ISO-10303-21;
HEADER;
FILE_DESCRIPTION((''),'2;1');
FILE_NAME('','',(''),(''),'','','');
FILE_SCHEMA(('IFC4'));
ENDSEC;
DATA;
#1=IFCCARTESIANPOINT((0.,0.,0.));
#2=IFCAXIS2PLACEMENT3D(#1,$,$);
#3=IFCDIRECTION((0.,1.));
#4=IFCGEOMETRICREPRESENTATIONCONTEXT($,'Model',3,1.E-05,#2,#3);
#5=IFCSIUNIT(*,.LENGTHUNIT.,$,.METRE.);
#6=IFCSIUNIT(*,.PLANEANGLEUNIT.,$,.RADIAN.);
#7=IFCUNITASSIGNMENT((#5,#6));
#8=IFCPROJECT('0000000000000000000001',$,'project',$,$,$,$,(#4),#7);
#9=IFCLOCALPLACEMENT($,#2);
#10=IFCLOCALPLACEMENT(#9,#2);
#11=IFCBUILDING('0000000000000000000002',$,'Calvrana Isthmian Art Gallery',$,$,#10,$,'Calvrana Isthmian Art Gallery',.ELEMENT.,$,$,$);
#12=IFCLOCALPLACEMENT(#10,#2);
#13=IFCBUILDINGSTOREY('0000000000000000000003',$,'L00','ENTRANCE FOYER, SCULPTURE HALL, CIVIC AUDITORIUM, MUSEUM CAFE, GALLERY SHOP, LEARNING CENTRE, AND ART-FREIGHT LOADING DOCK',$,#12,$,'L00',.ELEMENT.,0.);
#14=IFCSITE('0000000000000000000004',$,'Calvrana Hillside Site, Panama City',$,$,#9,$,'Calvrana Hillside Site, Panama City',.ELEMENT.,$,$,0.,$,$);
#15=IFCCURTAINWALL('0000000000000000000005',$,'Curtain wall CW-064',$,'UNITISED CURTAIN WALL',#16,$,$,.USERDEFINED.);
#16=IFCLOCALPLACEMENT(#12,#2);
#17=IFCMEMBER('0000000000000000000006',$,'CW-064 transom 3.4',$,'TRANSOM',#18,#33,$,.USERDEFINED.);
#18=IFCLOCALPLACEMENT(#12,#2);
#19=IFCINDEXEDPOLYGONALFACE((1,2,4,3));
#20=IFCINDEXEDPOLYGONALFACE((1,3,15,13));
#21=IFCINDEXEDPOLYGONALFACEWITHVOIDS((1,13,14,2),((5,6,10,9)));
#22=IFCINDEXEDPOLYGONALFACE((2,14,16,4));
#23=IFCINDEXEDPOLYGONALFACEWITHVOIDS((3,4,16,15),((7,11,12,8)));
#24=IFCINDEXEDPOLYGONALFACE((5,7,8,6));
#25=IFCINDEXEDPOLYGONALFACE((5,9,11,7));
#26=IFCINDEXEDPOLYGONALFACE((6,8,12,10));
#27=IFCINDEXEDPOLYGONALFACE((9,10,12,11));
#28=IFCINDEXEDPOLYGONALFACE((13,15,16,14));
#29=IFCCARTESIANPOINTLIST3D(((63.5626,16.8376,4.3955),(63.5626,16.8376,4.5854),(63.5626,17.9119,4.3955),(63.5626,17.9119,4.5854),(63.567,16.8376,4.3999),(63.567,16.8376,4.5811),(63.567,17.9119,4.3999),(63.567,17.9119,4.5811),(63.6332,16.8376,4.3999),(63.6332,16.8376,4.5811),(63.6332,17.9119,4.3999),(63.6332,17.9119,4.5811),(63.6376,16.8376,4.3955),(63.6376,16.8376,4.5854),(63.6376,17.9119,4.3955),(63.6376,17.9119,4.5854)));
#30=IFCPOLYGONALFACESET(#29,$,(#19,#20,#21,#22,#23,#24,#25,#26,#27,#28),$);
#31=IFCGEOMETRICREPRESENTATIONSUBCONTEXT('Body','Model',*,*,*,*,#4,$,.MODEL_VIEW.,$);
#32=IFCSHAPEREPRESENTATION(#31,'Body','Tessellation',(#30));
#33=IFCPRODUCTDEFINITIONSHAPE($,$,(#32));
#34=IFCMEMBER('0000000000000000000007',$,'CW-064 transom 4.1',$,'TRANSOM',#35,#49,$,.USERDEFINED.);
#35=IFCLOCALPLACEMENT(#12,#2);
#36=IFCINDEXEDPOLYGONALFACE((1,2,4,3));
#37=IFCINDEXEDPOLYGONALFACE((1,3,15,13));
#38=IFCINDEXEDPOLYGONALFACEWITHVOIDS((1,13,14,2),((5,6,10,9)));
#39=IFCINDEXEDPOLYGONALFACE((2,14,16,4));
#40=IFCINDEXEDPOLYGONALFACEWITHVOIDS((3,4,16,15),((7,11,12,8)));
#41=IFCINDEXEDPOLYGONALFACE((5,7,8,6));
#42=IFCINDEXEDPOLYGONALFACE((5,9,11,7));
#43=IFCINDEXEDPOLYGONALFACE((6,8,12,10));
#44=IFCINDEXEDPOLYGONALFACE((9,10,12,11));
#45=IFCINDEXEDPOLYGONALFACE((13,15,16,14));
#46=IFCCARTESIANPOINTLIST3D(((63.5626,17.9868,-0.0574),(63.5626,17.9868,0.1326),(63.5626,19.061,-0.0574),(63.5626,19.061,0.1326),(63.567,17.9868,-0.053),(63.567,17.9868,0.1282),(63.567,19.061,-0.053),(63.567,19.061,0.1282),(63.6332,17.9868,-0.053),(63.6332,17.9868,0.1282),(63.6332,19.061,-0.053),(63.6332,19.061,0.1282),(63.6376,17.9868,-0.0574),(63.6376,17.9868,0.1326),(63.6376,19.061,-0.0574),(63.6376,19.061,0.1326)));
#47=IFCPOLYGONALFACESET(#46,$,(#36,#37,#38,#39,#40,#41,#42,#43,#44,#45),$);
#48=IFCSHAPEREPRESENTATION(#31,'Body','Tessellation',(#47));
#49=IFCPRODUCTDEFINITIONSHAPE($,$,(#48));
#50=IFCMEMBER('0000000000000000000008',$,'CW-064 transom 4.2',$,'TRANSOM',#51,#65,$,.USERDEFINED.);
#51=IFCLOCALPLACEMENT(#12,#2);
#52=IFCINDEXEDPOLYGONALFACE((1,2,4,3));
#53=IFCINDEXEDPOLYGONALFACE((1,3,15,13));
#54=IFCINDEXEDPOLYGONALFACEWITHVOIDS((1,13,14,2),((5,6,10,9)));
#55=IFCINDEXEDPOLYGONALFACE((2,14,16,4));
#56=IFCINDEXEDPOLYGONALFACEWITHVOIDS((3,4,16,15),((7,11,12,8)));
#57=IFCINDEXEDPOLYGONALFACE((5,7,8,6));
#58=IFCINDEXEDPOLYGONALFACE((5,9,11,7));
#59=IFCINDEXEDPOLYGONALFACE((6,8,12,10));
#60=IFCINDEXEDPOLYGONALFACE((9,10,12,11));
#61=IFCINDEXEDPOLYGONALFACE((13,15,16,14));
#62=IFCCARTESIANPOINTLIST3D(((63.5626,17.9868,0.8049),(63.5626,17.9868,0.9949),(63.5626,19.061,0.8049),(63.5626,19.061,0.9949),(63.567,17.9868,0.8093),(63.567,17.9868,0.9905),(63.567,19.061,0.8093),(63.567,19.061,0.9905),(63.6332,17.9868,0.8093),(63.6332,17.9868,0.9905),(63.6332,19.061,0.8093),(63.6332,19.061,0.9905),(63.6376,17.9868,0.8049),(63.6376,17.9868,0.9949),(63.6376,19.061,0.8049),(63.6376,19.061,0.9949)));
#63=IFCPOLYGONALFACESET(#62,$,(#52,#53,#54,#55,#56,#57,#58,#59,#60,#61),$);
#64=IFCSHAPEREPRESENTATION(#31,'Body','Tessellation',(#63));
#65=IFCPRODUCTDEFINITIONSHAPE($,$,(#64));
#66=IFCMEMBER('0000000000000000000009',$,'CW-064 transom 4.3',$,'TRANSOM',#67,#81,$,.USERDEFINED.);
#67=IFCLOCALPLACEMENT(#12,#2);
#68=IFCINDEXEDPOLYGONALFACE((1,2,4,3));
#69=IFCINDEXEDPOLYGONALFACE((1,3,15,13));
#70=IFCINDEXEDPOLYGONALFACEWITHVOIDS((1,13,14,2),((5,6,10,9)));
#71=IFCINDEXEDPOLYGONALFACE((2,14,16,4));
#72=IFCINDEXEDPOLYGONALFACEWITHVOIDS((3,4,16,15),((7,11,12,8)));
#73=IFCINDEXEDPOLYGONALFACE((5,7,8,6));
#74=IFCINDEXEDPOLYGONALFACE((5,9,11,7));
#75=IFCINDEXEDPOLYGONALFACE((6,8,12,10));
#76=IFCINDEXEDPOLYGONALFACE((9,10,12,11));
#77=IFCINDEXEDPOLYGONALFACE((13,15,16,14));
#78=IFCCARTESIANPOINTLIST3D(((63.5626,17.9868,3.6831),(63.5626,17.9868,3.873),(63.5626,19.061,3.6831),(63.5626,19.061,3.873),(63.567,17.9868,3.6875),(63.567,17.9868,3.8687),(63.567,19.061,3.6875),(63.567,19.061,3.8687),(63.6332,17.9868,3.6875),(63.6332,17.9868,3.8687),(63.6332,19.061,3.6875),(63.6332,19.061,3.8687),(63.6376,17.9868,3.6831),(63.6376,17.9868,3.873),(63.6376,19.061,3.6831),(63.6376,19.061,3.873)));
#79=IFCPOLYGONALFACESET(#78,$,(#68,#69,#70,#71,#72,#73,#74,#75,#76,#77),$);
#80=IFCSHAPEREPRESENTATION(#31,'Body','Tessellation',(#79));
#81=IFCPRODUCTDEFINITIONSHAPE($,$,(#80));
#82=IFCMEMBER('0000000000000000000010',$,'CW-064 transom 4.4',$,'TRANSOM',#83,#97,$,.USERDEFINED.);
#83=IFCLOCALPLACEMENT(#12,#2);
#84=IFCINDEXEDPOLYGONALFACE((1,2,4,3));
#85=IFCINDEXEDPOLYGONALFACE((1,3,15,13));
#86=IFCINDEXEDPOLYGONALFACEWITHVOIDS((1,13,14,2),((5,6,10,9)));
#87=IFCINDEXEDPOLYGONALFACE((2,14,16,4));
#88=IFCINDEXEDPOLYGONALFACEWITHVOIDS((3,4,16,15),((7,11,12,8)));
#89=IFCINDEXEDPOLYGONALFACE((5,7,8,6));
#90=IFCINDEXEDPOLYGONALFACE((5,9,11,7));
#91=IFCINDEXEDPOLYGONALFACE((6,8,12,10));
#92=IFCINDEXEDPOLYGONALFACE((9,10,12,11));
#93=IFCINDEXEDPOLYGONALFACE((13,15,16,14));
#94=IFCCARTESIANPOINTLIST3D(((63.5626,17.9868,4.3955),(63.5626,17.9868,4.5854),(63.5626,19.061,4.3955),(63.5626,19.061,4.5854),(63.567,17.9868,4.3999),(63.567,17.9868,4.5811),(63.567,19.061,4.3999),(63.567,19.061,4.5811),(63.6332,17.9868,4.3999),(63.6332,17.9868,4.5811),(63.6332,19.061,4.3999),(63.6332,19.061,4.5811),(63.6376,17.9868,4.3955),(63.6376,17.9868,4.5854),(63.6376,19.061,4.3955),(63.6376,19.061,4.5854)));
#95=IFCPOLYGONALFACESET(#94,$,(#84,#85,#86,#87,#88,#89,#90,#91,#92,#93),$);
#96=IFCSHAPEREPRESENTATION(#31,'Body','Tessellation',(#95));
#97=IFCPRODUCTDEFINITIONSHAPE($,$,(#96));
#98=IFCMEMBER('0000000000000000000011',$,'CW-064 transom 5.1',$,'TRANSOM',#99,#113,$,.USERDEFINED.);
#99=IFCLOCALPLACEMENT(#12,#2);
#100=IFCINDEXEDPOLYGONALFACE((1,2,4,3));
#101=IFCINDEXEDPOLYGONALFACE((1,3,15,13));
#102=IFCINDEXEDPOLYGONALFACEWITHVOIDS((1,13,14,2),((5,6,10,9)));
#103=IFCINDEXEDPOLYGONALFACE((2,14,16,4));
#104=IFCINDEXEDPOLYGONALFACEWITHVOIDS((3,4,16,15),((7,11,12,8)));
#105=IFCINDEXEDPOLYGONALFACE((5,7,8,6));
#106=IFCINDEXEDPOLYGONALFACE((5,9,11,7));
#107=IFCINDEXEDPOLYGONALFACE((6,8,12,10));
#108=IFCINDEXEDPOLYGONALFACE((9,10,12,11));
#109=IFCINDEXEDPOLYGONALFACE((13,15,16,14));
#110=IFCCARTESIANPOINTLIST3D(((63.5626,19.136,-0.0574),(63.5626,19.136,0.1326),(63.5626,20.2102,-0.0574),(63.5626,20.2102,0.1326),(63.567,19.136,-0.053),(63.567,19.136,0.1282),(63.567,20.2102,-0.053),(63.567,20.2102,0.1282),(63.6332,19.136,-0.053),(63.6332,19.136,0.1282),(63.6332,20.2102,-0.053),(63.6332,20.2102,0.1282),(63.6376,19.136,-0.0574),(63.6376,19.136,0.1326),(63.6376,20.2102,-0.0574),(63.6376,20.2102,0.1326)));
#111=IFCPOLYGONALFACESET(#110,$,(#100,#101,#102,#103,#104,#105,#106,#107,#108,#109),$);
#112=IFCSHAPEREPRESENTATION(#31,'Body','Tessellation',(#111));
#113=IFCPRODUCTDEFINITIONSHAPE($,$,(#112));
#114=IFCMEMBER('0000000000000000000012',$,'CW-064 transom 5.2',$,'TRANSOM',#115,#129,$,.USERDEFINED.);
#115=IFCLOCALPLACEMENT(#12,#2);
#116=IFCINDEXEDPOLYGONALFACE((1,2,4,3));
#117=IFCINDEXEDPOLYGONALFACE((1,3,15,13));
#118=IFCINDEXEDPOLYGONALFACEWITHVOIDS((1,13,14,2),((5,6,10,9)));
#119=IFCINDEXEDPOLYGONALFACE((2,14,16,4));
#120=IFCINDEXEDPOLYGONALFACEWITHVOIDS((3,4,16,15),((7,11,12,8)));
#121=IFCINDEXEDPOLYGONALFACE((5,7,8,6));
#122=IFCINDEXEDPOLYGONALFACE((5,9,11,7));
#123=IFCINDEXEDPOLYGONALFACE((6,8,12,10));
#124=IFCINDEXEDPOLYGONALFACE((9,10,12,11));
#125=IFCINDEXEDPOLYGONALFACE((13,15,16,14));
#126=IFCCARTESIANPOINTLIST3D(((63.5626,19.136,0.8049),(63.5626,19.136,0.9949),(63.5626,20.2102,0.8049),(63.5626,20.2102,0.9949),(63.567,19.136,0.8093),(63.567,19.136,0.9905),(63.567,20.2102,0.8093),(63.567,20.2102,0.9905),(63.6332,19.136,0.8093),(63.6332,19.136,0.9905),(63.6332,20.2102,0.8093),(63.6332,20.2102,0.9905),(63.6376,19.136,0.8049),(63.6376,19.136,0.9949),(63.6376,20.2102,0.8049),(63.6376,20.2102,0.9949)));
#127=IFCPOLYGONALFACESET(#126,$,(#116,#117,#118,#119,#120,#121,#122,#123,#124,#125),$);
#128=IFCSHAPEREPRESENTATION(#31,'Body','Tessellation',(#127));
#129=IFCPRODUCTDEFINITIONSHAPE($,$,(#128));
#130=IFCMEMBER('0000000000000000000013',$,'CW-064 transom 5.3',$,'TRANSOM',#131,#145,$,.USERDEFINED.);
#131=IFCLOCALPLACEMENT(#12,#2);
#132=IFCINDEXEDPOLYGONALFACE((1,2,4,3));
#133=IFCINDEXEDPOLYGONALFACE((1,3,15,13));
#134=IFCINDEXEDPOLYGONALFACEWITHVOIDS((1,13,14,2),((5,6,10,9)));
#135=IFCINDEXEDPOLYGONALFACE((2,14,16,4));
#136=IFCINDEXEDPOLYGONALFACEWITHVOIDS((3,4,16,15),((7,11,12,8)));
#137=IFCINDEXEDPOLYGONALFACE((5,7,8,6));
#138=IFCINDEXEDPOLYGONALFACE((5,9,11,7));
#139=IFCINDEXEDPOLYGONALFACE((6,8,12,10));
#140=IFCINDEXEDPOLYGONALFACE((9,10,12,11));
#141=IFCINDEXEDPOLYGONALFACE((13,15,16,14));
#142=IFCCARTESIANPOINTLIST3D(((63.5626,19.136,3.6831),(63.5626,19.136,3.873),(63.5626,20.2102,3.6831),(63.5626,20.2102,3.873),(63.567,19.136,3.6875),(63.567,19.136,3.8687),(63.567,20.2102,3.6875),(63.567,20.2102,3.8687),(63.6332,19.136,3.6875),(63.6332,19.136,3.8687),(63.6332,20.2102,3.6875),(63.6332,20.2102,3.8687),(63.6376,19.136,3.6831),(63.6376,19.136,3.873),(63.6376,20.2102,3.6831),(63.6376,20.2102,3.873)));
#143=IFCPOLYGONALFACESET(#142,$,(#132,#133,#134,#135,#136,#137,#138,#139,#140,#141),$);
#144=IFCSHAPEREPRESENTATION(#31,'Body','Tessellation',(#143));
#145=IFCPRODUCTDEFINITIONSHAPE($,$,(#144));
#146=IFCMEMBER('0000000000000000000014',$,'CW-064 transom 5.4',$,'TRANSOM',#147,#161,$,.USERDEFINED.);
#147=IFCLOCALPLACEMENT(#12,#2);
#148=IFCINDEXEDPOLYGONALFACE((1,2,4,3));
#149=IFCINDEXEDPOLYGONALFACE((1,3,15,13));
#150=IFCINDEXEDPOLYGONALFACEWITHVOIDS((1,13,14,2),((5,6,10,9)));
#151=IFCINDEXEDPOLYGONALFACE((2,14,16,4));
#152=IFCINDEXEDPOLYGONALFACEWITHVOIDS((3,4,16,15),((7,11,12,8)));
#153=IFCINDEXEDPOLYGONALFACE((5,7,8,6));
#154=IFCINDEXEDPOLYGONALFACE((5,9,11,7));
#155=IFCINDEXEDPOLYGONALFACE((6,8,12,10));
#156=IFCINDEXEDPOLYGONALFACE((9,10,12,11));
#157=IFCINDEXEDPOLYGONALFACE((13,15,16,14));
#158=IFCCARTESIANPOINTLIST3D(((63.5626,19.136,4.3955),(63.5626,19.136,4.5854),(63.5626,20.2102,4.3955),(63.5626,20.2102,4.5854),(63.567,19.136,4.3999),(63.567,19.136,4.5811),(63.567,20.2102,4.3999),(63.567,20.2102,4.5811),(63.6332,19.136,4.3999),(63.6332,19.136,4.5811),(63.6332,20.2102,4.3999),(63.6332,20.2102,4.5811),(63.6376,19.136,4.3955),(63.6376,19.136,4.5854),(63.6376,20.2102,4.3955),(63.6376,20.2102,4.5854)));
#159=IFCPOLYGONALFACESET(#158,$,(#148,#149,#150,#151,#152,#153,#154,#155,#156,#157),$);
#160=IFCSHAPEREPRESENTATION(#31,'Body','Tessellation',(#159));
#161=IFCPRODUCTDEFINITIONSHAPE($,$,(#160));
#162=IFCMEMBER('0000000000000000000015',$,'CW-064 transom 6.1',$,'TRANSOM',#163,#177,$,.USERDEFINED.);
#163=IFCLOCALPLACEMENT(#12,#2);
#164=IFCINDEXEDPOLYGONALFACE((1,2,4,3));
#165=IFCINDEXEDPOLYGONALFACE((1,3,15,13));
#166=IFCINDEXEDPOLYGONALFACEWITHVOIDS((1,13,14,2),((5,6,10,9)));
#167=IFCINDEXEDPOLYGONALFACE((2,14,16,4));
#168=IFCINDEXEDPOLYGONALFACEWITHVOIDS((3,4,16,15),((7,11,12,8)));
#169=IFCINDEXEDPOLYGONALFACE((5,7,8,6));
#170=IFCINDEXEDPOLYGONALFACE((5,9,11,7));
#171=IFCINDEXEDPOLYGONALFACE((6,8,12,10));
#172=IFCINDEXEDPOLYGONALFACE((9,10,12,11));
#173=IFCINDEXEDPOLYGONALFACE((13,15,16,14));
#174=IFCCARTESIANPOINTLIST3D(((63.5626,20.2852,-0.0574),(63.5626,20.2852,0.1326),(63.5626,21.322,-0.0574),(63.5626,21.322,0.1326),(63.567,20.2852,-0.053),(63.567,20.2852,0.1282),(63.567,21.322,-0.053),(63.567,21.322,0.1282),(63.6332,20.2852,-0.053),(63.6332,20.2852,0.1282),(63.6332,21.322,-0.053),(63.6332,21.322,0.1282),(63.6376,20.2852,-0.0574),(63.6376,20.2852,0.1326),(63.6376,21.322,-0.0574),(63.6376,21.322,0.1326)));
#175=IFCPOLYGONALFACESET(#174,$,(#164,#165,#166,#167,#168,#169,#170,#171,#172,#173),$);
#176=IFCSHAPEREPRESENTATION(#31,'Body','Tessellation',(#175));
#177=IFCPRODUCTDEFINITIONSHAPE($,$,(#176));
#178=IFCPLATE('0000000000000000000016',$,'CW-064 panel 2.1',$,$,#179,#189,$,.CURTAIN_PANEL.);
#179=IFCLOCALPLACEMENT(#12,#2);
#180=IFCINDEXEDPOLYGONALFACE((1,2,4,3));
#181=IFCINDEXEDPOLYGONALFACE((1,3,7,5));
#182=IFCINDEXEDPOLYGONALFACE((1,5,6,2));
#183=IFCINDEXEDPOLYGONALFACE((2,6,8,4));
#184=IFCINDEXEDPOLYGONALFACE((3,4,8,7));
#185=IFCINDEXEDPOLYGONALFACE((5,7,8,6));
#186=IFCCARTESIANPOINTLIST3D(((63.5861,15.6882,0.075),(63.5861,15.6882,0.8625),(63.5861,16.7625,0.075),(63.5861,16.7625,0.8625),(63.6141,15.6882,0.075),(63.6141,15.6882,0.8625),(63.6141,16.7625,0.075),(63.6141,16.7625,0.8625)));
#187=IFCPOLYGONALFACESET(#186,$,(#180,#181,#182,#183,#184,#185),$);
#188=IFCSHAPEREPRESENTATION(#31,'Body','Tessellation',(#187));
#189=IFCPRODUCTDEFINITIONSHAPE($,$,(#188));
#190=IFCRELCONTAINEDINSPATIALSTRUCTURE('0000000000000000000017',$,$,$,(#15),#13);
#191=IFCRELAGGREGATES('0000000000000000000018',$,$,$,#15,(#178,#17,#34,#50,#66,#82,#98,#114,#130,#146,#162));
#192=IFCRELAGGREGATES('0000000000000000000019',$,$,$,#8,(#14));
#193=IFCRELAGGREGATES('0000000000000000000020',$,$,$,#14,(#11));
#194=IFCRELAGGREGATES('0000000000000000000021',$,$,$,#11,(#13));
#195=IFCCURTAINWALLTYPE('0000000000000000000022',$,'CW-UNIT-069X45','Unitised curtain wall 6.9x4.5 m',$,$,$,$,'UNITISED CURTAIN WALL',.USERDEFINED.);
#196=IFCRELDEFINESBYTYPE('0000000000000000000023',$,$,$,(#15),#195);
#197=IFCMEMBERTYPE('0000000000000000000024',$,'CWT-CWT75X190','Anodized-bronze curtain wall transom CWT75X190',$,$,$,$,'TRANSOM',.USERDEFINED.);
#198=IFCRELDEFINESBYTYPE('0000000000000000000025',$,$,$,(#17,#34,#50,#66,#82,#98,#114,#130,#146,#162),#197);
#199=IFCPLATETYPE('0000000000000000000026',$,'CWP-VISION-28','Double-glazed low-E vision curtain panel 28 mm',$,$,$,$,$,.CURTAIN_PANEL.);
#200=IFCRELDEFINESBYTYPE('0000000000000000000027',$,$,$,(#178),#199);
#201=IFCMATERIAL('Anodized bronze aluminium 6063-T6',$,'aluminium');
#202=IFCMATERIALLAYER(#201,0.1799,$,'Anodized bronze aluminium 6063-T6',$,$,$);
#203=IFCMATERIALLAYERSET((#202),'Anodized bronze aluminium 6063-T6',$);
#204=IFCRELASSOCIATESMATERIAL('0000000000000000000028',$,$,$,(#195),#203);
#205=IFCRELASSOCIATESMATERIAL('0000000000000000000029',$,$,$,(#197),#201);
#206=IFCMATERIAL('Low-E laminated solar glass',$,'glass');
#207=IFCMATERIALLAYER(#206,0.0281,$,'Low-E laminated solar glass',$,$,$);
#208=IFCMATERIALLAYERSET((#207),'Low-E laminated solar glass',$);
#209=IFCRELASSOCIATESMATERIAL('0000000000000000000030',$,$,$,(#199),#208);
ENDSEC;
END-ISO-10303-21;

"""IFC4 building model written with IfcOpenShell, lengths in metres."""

from ifc_helpers import new_model, si_unit, direction, frame, origin, origin_2d, place, context, subcontext, project, spatial, rectangle, hollow_rectangle, extrude, material, layer, layer_set, material_profile, profile_set, type_object, element, aggregate, save


model = new_model("IFC4")

# Units and contexts
model_context = context("Model", 3, precision=1e-05, world=origin(), true_north=direction((0.0, 1.0)))
body_context = subcontext(model_context, "Body", "Model", "MODEL_VIEW")
ifc_project = project(units=[si_unit("LENGTHUNIT", "METRE"), si_unit("PLANEANGLEUNIT", "RADIAN")], contexts=[model_context])

# Site, building, storey
site_placement = place(None, origin())
site = spatial("IfcSite", under=ifc_project, at=site_placement, Name="Calvrana Hillside Site, Panama City", LongName="Calvrana Hillside Site, Panama City", CompositionType="ELEMENT", RefElevation=0.0)
building_placement = place(site_placement, origin())
building = spatial("IfcBuilding", under=site, at=building_placement, Name="Calvrana Isthmian Art Gallery", LongName="Calvrana Isthmian Art Gallery", CompositionType="ELEMENT")
storey_placement = place(building_placement, origin())
storey = spatial("IfcBuildingStorey", under=building, at=storey_placement, Name="L00", Description="ENTRANCE FOYER, SCULPTURE HALL, CIVIC AUDITORIUM, MUSEUM CAFE, GALLERY SHOP, LEARNING CENTRE, AND ART-FREIGHT LOADING DOCK", LongName="L00", CompositionType="ELEMENT", Elevation=0.0)

# Curtain wall, members, plate
ifc_material_1 = material(Name="Anodized bronze aluminium 6063-T6", Category="aluminium")
ifc_layer_1 = layer(ifc_material_1, 0.1799, Name="Anodized bronze aluminium 6063-T6")
ifc_layer_set_1 = layer_set([ifc_layer_1], Name="Anodized bronze aluminium 6063-T6")
curtain_wall_type = type_object("IfcCurtainWallType", Name="CW-UNIT-069X45", Description="Unitised curtain wall 6.9x4.5 m", ElementType="UNITISED CURTAIN WALL", PredefinedType="USERDEFINED", material=ifc_layer_set_1)
curtain_wall_placement = place(storey_placement, origin())
curtain_wall = element("IfcCurtainWall", 1, at=curtain_wall_placement, inside=storey, type_object=curtain_wall_type, Name="Curtain wall CW-064", ObjectType="UNITISED CURTAIN WALL", PredefinedType="USERDEFINED")
ifc_material_profile_1 = material_profile(ifc_material_1, hollow_rectangle(XDim=0.075, YDim=0.1899, WallThickness=0.0044, at=origin_2d()), Name="CWT75X190")
ifc_profile_set_1 = profile_set([ifc_material_profile_1], Name="Anodized bronze aluminium 6063-T6")
member_type_1 = type_object("IfcMemberType", Name="CWT-CWT75X190", Description="Anodized-bronze curtain wall transom CWT75X190", ElementType="TRANSOM", PredefinedType="USERDEFINED", material=ifc_profile_set_1)
member_1_placement = place(storey_placement, frame((63.6001, 16.8376, 4.4905), z_axis=(0.0, 1.0, 0.0), x_axis=(-1.0, 0.0, 0.0)))
member_1 = element("IfcMember", 2, at=member_1_placement, type_object=member_type_1, Name="CW-064 transom 3.4", ObjectType="TRANSOM", PredefinedType="USERDEFINED", context=body_context, shape_type="SweptSolid", body=[
    extrude(hollow_rectangle(XDim=0.075, YDim=0.1899, WallThickness=0.0044, at=origin_2d()), origin(), (0.0, 0.0, 1.0), 1.0742),
])
member_2_placement = place(storey_placement, frame((63.6001, 17.9868, 0.0376), z_axis=(0.0, 1.0, 0.0), x_axis=(-1.0, 0.0, 0.0)))
member_2 = element("IfcMember", 3, at=member_2_placement, type_object=member_type_1, Name="CW-064 transom 4.1", ObjectType="TRANSOM", PredefinedType="USERDEFINED", context=body_context, shape_type="SweptSolid", body=[
    extrude(hollow_rectangle(XDim=0.075, YDim=0.1899, WallThickness=0.0044, at=origin_2d()), origin(), (0.0, 0.0, 1.0), 1.0742),
])
member_3_placement = place(storey_placement, frame((63.6001, 17.9868, 0.8999), z_axis=(0.0, 1.0, 0.0), x_axis=(-1.0, 0.0, 0.0)))
member_3 = element("IfcMember", 4, at=member_3_placement, type_object=member_type_1, Name="CW-064 transom 4.2", ObjectType="TRANSOM", PredefinedType="USERDEFINED", context=body_context, shape_type="SweptSolid", body=[
    extrude(hollow_rectangle(XDim=0.075, YDim=0.1899, WallThickness=0.0044, at=origin_2d()), origin(), (0.0, 0.0, 1.0), 1.0742),
])
member_4_placement = place(storey_placement, frame((63.6001, 17.9868, 3.7781), z_axis=(0.0, 1.0, 0.0), x_axis=(-1.0, 0.0, 0.0)))
member_4 = element("IfcMember", 5, at=member_4_placement, type_object=member_type_1, Name="CW-064 transom 4.3", ObjectType="TRANSOM", PredefinedType="USERDEFINED", context=body_context, shape_type="SweptSolid", body=[
    extrude(hollow_rectangle(XDim=0.075, YDim=0.1899, WallThickness=0.0044, at=origin_2d()), origin(), (0.0, 0.0, 1.0), 1.0742),
])
member_5_placement = place(storey_placement, frame((63.6001, 17.9868, 4.4905), z_axis=(0.0, 1.0, 0.0), x_axis=(-1.0, 0.0, 0.0)))
member_5 = element("IfcMember", 6, at=member_5_placement, type_object=member_type_1, Name="CW-064 transom 4.4", ObjectType="TRANSOM", PredefinedType="USERDEFINED", context=body_context, shape_type="SweptSolid", body=[
    extrude(hollow_rectangle(XDim=0.075, YDim=0.1899, WallThickness=0.0044, at=origin_2d()), origin(), (0.0, 0.0, 1.0), 1.0742),
])
member_6_placement = place(storey_placement, frame((63.6001, 19.136, 0.0376), z_axis=(0.0, 1.0, 0.0), x_axis=(-1.0, 0.0, 0.0)))
member_6 = element("IfcMember", 7, at=member_6_placement, type_object=member_type_1, Name="CW-064 transom 5.1", ObjectType="TRANSOM", PredefinedType="USERDEFINED", context=body_context, shape_type="SweptSolid", body=[
    extrude(hollow_rectangle(XDim=0.075, YDim=0.1899, WallThickness=0.0044, at=origin_2d()), origin(), (0.0, 0.0, 1.0), 1.0742),
])
member_7_placement = place(storey_placement, frame((63.6001, 19.136, 0.8999), z_axis=(0.0, 1.0, 0.0), x_axis=(-1.0, 0.0, 0.0)))
member_7 = element("IfcMember", 8, at=member_7_placement, type_object=member_type_1, Name="CW-064 transom 5.2", ObjectType="TRANSOM", PredefinedType="USERDEFINED", context=body_context, shape_type="SweptSolid", body=[
    extrude(hollow_rectangle(XDim=0.075, YDim=0.1899, WallThickness=0.0044, at=origin_2d()), origin(), (0.0, 0.0, 1.0), 1.0742),
])
member_8_placement = place(storey_placement, frame((63.6001, 19.136, 3.7781), z_axis=(0.0, 1.0, 0.0), x_axis=(-1.0, 0.0, 0.0)))
member_8 = element("IfcMember", 9, at=member_8_placement, type_object=member_type_1, Name="CW-064 transom 5.3", ObjectType="TRANSOM", PredefinedType="USERDEFINED", context=body_context, shape_type="SweptSolid", body=[
    extrude(hollow_rectangle(XDim=0.075, YDim=0.1899, WallThickness=0.0044, at=origin_2d()), origin(), (0.0, 0.0, 1.0), 1.0742),
])
member_9_placement = place(storey_placement, frame((63.6001, 19.136, 4.4905), z_axis=(0.0, 1.0, 0.0), x_axis=(-1.0, 0.0, 0.0)))
member_9 = element("IfcMember", 10, at=member_9_placement, type_object=member_type_1, Name="CW-064 transom 5.4", ObjectType="TRANSOM", PredefinedType="USERDEFINED", context=body_context, shape_type="SweptSolid", body=[
    extrude(hollow_rectangle(XDim=0.075, YDim=0.1899, WallThickness=0.0044, at=origin_2d()), origin(), (0.0, 0.0, 1.0), 1.0742),
])
member_10_placement = place(storey_placement, frame((63.6001, 20.2852, 0.0376), z_axis=(0.0, 1.0, 0.0), x_axis=(-1.0, 0.0, 0.0)))
member_10 = element("IfcMember", 11, at=member_10_placement, type_object=member_type_1, Name="CW-064 transom 6.1", ObjectType="TRANSOM", PredefinedType="USERDEFINED", context=body_context, shape_type="SweptSolid", body=[
    extrude(hollow_rectangle(XDim=0.075, YDim=0.1899, WallThickness=0.0044, at=origin_2d()), origin(), (0.0, 0.0, 1.0), 1.0369),
])
ifc_material_2 = material(Name="Low-E laminated solar glass", Category="glass")
ifc_layer_2 = layer(ifc_material_2, 0.0281, Name="Low-E laminated solar glass")
ifc_layer_set_2 = layer_set([ifc_layer_2], Name="Low-E laminated solar glass")
plate_type = type_object("IfcPlateType", Name="CWP-VISION-28", Description="Double-glazed low-E vision curtain panel 28 mm", PredefinedType="CURTAIN_PANEL", material=ifc_layer_set_2)
plate_1_placement = place(storey_placement, frame((63.6001, 16.2253, 0.075), z_axis=(0.0, 0.0, 1.0), x_axis=(0.0, 1.0, 0.0)))
plate_1 = element("IfcPlate", 12, at=plate_1_placement, type_object=plate_type, Name="CW-064 panel 2.1", PredefinedType="CURTAIN_PANEL", context=body_context, shape_type="SweptSolid", body=[
    extrude(rectangle(XDim=1.0742, YDim=0.0281, at=origin_2d()), origin(), (0.0, 0.0, 1.0), 0.7876),
])
aggregate(curtain_wall, [plate_1, member_1, member_2, member_3, member_4, member_5, member_6, member_7, member_8, member_9, member_10])

save(model, "model.ifc")
